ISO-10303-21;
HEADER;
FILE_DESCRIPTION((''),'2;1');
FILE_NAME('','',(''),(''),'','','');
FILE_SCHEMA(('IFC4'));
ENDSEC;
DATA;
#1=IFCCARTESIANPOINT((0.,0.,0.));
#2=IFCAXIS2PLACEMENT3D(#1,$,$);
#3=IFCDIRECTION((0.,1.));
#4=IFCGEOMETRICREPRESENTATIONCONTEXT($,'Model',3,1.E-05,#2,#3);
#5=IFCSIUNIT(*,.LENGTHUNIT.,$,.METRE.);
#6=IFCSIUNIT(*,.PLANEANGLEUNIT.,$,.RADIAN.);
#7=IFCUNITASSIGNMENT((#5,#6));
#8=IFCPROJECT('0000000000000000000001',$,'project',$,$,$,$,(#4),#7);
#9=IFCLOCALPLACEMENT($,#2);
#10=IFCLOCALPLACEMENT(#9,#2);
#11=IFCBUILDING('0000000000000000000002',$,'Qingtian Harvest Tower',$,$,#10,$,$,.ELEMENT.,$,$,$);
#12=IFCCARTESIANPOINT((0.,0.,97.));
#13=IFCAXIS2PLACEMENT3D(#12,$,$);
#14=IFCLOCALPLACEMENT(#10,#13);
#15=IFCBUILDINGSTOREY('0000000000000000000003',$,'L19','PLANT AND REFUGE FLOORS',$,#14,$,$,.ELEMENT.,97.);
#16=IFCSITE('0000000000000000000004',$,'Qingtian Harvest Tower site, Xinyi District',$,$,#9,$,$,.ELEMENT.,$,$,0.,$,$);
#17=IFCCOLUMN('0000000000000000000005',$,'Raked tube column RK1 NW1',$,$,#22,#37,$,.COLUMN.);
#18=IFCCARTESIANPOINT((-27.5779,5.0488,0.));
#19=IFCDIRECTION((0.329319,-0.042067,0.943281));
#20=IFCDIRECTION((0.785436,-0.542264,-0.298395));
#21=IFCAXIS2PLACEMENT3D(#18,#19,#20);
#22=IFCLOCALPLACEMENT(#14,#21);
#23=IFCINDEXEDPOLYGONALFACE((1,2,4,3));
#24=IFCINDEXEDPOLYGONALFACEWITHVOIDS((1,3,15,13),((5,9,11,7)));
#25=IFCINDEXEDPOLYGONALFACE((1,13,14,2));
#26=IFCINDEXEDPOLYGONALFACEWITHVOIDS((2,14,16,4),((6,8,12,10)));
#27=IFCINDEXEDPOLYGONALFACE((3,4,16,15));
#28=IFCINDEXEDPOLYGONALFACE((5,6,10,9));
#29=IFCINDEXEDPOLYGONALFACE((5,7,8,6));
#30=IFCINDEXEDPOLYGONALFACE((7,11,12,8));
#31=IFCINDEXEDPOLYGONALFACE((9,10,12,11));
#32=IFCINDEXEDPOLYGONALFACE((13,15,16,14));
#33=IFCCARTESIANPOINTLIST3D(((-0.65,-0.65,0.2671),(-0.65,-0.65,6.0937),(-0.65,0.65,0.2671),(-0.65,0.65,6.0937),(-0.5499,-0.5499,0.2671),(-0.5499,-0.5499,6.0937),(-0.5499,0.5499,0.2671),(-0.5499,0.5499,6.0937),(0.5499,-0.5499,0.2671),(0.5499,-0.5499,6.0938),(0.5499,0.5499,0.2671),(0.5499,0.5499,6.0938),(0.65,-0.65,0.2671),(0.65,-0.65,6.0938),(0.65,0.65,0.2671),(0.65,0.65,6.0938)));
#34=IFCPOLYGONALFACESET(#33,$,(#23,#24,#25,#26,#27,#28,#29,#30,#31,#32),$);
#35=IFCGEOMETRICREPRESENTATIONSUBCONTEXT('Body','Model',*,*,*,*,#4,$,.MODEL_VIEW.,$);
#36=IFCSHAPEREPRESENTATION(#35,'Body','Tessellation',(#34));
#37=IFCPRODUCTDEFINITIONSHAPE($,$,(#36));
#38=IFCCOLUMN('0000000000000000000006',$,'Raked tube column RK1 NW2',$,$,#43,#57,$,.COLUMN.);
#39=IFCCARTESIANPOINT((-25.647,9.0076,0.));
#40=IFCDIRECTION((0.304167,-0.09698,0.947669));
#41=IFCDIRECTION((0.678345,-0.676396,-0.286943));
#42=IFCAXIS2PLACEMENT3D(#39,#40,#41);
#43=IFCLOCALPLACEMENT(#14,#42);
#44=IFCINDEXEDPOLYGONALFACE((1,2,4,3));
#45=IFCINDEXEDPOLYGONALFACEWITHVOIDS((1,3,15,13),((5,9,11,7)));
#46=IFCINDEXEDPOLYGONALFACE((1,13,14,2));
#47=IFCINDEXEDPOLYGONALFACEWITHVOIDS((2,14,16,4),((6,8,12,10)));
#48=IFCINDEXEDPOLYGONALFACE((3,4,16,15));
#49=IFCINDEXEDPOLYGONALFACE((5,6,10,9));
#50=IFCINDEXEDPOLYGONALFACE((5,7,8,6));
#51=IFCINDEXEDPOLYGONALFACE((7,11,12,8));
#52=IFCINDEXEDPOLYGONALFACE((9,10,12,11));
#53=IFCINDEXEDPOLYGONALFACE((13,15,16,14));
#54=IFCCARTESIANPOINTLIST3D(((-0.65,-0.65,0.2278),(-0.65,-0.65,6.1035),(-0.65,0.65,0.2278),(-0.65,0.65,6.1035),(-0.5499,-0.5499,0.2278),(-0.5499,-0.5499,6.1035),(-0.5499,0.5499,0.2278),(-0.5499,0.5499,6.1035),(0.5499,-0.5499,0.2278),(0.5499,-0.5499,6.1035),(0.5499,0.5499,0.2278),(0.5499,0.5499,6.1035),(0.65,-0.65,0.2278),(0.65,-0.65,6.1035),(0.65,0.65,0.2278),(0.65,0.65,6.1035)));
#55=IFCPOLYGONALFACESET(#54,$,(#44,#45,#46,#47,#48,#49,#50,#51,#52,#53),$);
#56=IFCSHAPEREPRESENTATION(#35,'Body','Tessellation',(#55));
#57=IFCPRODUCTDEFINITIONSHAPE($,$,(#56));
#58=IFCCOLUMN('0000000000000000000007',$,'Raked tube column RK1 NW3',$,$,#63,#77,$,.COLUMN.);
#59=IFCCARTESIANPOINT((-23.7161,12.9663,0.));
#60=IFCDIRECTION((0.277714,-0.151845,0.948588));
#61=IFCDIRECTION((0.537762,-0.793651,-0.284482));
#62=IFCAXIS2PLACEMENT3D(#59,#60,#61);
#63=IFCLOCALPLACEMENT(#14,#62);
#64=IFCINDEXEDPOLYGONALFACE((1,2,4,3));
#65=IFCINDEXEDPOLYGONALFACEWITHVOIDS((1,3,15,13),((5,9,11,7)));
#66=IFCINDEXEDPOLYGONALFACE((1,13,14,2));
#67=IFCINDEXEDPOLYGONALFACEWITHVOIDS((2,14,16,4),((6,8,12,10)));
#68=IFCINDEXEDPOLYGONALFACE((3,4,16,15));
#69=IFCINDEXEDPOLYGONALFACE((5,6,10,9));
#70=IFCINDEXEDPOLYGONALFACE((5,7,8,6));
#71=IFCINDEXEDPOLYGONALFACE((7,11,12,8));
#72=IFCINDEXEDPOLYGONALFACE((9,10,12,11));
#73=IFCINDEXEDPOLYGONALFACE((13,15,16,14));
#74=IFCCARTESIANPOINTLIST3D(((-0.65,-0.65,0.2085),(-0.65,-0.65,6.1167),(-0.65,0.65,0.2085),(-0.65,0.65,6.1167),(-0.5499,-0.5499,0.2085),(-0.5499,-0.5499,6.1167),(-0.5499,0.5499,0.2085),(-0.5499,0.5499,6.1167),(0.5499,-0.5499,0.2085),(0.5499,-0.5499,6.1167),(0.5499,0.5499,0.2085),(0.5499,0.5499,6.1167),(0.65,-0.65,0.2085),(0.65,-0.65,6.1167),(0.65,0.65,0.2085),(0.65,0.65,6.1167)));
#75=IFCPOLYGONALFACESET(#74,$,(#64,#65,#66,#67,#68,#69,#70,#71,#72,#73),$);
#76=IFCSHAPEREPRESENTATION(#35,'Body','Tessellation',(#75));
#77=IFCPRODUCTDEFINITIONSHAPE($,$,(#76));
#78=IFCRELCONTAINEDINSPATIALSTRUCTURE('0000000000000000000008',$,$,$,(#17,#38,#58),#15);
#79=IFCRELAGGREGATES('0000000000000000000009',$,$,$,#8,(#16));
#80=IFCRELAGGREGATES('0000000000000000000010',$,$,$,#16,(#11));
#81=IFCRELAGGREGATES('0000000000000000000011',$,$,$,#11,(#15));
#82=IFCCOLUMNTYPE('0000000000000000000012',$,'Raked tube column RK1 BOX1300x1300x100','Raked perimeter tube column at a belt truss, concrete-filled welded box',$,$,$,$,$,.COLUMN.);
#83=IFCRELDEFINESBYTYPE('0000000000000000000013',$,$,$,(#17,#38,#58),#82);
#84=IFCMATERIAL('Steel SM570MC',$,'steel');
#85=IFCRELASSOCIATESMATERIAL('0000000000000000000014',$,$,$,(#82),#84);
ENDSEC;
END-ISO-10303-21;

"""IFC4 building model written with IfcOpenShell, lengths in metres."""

from ifc_helpers import new_model, si_unit, direction, frame, origin, origin_2d, place, context, subcontext, project, spatial, hollow_rectangle, extrude, clip, halfspace, material, material_profile, profile_set, type_object, element, save


model = new_model("IFC4")

# Units and contexts
model_context = context("Model", 3, precision=1e-05, world=origin(), true_north=direction((0.0, 1.0)))
body_context = subcontext(model_context, "Body", "Model", "MODEL_VIEW")
ifc_project = project(units=[si_unit("LENGTHUNIT", "METRE"), si_unit("PLANEANGLEUNIT", "RADIAN")], contexts=[model_context])

# Site, building, storey
site_placement = place(None, origin())
site = spatial("IfcSite", under=ifc_project, at=site_placement, Name="Qingtian Harvest Tower site, Xinyi District", CompositionType="ELEMENT", RefElevation=0.0)
building_placement = place(site_placement, origin())
building = spatial("IfcBuilding", under=site, at=building_placement, Name="Qingtian Harvest Tower", CompositionType="ELEMENT")
storey_placement = place(building_placement, frame((0.0, 0.0, 97.0)))
storey = spatial("IfcBuildingStorey", under=building, at=storey_placement, Name="L19", Description="PLANT AND REFUGE FLOORS", CompositionType="ELEMENT", Elevation=97.0)

# Columns
ifc_material_1 = material(Name="Steel SM570MC", Category="steel")
ifc_material_profile_1 = material_profile(ifc_material_1, hollow_rectangle(XDim=1.3, YDim=1.3, WallThickness=0.1001, at=origin_2d()), Name="BOX1300x1300x100")
ifc_profile_set_1 = profile_set([ifc_material_profile_1], Name="Steel SM570MC")
column_type = type_object("IfcColumnType", Name="Raked tube column RK1 BOX1300x1300x100", Description="Raked perimeter tube column at a belt truss, concrete-filled welded box", PredefinedType="COLUMN", material=ifc_profile_set_1)
column_1_placement = place(storey_placement, frame((-27.5779, 5.0488, 0.0), z_axis=(0.329319, -0.042067, 0.943281), x_axis=(0.785436, -0.542264, -0.298395)))
element("IfcColumn", 1, at=column_1_placement, inside=storey, type_object=column_type, Name="Raked tube column RK1 NW1", PredefinedType="COLUMN", context=body_context, shape_type="Clipping", body=[
    clip(clip(extrude(hollow_rectangle(XDim=1.3, YDim=1.3, WallThickness=0.1001, at=origin_2d()), origin(), (0.0, 0.0, 1.0), 6.3608), halfspace(frame((0.0, 0.0, 0.2671), z_axis=(0.0, 0.0, -1.0), x_axis=(0.0, -1.0, 0.0)), False)), halfspace(frame((0.0, 0.0, 6.0938), z_axis=(0.0, 0.0, 1.0), x_axis=(0.0, 1.0, 0.0)), False)),
])
column_2_placement = place(storey_placement, frame((-25.647, 9.0076, 0.0), z_axis=(0.304167, -0.09698, 0.947669), x_axis=(0.678345, -0.676396, -0.286943)))
element("IfcColumn", 2, at=column_2_placement, inside=storey, type_object=column_type, Name="Raked tube column RK1 NW2", PredefinedType="COLUMN", context=body_context, shape_type="Clipping", body=[
    clip(clip(extrude(hollow_rectangle(XDim=1.3, YDim=1.3, WallThickness=0.1001, at=origin_2d()), origin(), (0.0, 0.0, 1.0), 6.3313), halfspace(frame((0.0, 0.0, 0.2278), z_axis=(0.0, 0.0, -1.0), x_axis=(0.0, -1.0, 0.0)), False)), halfspace(frame((0.0, 0.0, 6.1035), z_axis=(0.0, 0.0, 1.0), x_axis=(0.0, 1.0, 0.0)), False)),
])
column_3_placement = place(storey_placement, frame((-23.7161, 12.9663, 0.0), z_axis=(0.277714, -0.151845, 0.948588), x_axis=(0.537762, -0.793651, -0.284482)))
element("IfcColumn", 3, at=column_3_placement, inside=storey, type_object=column_type, Name="Raked tube column RK1 NW3", PredefinedType="COLUMN", context=body_context, shape_type="Clipping", body=[
    clip(clip(extrude(hollow_rectangle(XDim=1.3, YDim=1.3, WallThickness=0.1001, at=origin_2d()), origin(), (0.0, 0.0, 1.0), 6.3252), halfspace(frame((0.0, 0.0, 0.2085), z_axis=(0.0, 0.0, -1.0), x_axis=(0.0, -1.0, 0.0)), False)), halfspace(frame((0.0, 0.0, 6.1167), z_axis=(0.0, 0.0, 1.0), x_axis=(0.0, 1.0, 0.0)), False)),
])

save(model, "model.ifc")
